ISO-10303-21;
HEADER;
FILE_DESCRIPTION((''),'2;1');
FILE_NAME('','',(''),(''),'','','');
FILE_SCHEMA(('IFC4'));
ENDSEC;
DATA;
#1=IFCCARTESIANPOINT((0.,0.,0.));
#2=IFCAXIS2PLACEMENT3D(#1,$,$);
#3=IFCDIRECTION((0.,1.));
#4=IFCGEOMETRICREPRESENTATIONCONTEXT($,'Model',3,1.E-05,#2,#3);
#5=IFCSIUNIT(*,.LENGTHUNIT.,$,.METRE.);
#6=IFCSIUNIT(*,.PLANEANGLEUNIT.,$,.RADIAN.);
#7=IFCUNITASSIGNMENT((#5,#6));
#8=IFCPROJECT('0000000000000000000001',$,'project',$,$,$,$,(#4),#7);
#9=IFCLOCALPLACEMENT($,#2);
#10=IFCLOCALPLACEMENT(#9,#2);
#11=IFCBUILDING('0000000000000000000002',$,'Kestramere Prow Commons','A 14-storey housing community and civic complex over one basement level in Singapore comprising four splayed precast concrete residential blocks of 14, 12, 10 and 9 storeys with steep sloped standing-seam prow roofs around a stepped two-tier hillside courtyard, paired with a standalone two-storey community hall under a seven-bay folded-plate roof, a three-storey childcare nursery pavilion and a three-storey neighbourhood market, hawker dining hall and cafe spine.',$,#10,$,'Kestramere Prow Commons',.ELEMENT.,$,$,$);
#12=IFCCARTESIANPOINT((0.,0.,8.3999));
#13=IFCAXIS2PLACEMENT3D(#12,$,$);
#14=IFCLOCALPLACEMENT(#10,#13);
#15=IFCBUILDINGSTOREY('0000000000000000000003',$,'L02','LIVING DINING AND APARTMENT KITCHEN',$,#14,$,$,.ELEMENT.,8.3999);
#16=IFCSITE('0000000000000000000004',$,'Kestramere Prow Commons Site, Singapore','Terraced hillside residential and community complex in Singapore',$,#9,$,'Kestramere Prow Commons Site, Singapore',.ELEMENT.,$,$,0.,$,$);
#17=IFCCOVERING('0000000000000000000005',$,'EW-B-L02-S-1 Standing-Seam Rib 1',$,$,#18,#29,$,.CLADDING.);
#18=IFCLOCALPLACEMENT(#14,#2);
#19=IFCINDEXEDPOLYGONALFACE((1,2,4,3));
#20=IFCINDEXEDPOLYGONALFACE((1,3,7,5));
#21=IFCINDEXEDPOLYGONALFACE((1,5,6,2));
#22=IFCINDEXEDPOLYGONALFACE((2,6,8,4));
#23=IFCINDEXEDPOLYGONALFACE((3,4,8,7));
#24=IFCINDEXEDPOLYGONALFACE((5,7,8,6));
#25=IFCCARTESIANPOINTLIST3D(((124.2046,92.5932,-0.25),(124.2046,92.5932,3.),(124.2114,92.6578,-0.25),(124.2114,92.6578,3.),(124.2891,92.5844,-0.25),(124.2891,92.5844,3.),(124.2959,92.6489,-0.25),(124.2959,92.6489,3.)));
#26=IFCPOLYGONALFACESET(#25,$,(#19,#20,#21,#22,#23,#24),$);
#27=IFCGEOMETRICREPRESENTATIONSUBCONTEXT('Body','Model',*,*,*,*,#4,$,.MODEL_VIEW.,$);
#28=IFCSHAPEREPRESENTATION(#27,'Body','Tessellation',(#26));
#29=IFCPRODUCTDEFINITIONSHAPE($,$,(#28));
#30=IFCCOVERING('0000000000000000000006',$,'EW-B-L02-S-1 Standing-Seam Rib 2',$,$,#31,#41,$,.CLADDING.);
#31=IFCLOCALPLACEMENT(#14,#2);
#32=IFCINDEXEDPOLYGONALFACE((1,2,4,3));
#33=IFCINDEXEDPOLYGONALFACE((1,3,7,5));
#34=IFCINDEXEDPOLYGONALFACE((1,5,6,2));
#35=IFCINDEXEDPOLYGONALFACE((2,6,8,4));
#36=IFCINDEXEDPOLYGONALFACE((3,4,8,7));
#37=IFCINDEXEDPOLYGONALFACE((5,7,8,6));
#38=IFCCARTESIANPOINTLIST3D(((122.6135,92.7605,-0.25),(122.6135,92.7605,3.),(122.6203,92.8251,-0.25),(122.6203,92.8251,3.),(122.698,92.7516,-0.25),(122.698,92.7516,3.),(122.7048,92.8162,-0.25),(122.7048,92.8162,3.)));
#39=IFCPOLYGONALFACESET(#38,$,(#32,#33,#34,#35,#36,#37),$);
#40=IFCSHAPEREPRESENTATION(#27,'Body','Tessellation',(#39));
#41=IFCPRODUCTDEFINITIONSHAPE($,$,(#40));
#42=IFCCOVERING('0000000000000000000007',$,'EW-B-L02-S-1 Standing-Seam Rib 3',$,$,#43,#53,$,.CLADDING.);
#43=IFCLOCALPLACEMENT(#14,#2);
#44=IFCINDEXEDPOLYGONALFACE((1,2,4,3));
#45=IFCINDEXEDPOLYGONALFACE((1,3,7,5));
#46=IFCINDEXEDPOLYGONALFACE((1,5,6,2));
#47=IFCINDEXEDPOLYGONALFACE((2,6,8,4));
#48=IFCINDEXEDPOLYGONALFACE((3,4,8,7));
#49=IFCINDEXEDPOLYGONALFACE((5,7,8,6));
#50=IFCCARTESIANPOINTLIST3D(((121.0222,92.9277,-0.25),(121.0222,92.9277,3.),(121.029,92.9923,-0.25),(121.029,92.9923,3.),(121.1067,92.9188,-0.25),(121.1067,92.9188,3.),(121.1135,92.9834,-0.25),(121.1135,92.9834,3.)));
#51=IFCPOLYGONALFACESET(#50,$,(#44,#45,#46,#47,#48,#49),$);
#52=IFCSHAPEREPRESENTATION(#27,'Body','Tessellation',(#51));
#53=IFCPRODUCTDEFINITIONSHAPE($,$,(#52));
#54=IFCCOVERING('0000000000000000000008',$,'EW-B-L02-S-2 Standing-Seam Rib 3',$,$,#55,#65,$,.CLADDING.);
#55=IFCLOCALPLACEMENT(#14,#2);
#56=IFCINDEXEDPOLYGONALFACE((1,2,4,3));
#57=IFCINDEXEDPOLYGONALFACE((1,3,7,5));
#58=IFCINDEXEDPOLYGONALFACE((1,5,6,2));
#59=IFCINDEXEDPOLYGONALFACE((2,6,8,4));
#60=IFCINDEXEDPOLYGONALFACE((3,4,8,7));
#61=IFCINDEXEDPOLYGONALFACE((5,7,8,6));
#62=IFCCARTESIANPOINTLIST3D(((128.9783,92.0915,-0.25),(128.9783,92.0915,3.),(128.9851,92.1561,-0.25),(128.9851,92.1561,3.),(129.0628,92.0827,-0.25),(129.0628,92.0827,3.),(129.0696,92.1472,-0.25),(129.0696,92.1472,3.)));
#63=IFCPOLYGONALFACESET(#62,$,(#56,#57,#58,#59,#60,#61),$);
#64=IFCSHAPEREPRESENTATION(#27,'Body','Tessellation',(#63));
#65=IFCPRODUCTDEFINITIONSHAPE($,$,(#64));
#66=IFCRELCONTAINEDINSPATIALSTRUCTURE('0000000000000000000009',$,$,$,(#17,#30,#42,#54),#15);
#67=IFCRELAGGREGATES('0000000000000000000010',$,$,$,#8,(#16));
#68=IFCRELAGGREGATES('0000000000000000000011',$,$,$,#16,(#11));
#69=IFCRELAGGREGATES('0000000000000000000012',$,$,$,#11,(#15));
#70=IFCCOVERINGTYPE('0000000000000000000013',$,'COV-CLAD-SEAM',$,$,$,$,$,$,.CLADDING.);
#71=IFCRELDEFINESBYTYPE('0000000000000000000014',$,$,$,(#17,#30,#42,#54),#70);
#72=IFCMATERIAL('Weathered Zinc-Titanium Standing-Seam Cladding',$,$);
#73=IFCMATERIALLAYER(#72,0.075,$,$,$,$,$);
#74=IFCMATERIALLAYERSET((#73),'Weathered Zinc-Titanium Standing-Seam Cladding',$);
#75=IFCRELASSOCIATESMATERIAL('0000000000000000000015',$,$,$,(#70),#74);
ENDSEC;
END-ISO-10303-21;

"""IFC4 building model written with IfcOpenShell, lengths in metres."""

from ifc_helpers import new_model, si_unit, direction, frame, origin, origin_2d, place, context, subcontext, project, spatial, rectangle, extrude, material, layer, layer_set, type_object, element, save


model = new_model("IFC4")

# Units and contexts
model_context = context("Model", 3, precision=1e-05, world=origin(), true_north=direction((0.0, 1.0)))
body_context = subcontext(model_context, "Body", "Model", "MODEL_VIEW")
ifc_project = project(units=[si_unit("LENGTHUNIT", "METRE"), si_unit("PLANEANGLEUNIT", "RADIAN")], contexts=[model_context])

# Site, building, storey
site_placement = place(None, origin())
site = spatial("IfcSite", under=ifc_project, at=site_placement, Name="Kestramere Prow Commons Site, Singapore", Description="Terraced hillside residential and community complex in Singapore", LongName="Kestramere Prow Commons Site, Singapore", CompositionType="ELEMENT", RefElevation=0.0)
building_placement = place(site_placement, origin())
building = spatial("IfcBuilding", under=site, at=building_placement, Name="Kestramere Prow Commons", Description="A 14-storey housing community and civic complex over one basement level in Singapore comprising four splayed precast concrete residential blocks of 14, 12, 10 and 9 storeys with steep sloped standing-seam prow roofs around a stepped two-tier hillside courtyard, paired with a standalone two-storey community hall under a seven-bay folded-plate roof, a three-storey childcare nursery pavilion and a three-storey neighbourhood market, hawker dining hall and cafe spine.", LongName="Kestramere Prow Commons", CompositionType="ELEMENT")
storey_placement = place(building_placement, frame((0.0, 0.0, 8.3999)))
storey = spatial("IfcBuildingStorey", under=building, at=storey_placement, Name="L02", Description="LIVING DINING AND APARTMENT KITCHEN", CompositionType="ELEMENT", Elevation=8.3999)

# Coverings
ifc_material_1 = material(Name="Weathered Zinc-Titanium Standing-Seam Cladding")
ifc_layer_1 = layer(ifc_material_1, 0.075)
ifc_layer_set_1 = layer_set([ifc_layer_1], Name="Weathered Zinc-Titanium Standing-Seam Cladding")
covering_type = type_object("IfcCoveringType", Name="COV-CLAD-SEAM", PredefinedType="CLADDING", material=ifc_layer_set_1)
for number, where, z_axis, x_axis, name in (
    (1, (124.2502, 92.6211, -0.25), (0.0, 0.0, 1.0), (-0.994522, 0.104528, 0.0), "EW-B-L02-S-1 Standing-Seam Rib 1"),
    (2, (122.6592, 92.7883, -0.25), (0.0, 0.0, 1.0), (-0.994522, 0.104528, 0.0), "EW-B-L02-S-1 Standing-Seam Rib 2"),
    (3, (121.0679, 92.9556, -0.25), (0.0, 0.0, 1.0), (-0.994522, 0.104528, 0.0), "EW-B-L02-S-1 Standing-Seam Rib 3"),
    (4, (129.0239, 92.1194, -0.25), (0.0, 0.0, 1.0), (-0.994522, 0.104528, 0.0), "EW-B-L02-S-2 Standing-Seam Rib 3"),
):
    element("IfcCovering", number, at=place(storey_placement, frame(where, z_axis=z_axis, x_axis=x_axis)), inside=storey, type_object=covering_type, Name=name, PredefinedType="CLADDING", context=body_context, shape_type="SweptSolid", body=[
        extrude(rectangle(XDim=0.085, YDim=0.0649, at=origin_2d()), origin(), (0.0, 0.0, 1.0), 3.25),
    ])

save(model, "model.ifc")
